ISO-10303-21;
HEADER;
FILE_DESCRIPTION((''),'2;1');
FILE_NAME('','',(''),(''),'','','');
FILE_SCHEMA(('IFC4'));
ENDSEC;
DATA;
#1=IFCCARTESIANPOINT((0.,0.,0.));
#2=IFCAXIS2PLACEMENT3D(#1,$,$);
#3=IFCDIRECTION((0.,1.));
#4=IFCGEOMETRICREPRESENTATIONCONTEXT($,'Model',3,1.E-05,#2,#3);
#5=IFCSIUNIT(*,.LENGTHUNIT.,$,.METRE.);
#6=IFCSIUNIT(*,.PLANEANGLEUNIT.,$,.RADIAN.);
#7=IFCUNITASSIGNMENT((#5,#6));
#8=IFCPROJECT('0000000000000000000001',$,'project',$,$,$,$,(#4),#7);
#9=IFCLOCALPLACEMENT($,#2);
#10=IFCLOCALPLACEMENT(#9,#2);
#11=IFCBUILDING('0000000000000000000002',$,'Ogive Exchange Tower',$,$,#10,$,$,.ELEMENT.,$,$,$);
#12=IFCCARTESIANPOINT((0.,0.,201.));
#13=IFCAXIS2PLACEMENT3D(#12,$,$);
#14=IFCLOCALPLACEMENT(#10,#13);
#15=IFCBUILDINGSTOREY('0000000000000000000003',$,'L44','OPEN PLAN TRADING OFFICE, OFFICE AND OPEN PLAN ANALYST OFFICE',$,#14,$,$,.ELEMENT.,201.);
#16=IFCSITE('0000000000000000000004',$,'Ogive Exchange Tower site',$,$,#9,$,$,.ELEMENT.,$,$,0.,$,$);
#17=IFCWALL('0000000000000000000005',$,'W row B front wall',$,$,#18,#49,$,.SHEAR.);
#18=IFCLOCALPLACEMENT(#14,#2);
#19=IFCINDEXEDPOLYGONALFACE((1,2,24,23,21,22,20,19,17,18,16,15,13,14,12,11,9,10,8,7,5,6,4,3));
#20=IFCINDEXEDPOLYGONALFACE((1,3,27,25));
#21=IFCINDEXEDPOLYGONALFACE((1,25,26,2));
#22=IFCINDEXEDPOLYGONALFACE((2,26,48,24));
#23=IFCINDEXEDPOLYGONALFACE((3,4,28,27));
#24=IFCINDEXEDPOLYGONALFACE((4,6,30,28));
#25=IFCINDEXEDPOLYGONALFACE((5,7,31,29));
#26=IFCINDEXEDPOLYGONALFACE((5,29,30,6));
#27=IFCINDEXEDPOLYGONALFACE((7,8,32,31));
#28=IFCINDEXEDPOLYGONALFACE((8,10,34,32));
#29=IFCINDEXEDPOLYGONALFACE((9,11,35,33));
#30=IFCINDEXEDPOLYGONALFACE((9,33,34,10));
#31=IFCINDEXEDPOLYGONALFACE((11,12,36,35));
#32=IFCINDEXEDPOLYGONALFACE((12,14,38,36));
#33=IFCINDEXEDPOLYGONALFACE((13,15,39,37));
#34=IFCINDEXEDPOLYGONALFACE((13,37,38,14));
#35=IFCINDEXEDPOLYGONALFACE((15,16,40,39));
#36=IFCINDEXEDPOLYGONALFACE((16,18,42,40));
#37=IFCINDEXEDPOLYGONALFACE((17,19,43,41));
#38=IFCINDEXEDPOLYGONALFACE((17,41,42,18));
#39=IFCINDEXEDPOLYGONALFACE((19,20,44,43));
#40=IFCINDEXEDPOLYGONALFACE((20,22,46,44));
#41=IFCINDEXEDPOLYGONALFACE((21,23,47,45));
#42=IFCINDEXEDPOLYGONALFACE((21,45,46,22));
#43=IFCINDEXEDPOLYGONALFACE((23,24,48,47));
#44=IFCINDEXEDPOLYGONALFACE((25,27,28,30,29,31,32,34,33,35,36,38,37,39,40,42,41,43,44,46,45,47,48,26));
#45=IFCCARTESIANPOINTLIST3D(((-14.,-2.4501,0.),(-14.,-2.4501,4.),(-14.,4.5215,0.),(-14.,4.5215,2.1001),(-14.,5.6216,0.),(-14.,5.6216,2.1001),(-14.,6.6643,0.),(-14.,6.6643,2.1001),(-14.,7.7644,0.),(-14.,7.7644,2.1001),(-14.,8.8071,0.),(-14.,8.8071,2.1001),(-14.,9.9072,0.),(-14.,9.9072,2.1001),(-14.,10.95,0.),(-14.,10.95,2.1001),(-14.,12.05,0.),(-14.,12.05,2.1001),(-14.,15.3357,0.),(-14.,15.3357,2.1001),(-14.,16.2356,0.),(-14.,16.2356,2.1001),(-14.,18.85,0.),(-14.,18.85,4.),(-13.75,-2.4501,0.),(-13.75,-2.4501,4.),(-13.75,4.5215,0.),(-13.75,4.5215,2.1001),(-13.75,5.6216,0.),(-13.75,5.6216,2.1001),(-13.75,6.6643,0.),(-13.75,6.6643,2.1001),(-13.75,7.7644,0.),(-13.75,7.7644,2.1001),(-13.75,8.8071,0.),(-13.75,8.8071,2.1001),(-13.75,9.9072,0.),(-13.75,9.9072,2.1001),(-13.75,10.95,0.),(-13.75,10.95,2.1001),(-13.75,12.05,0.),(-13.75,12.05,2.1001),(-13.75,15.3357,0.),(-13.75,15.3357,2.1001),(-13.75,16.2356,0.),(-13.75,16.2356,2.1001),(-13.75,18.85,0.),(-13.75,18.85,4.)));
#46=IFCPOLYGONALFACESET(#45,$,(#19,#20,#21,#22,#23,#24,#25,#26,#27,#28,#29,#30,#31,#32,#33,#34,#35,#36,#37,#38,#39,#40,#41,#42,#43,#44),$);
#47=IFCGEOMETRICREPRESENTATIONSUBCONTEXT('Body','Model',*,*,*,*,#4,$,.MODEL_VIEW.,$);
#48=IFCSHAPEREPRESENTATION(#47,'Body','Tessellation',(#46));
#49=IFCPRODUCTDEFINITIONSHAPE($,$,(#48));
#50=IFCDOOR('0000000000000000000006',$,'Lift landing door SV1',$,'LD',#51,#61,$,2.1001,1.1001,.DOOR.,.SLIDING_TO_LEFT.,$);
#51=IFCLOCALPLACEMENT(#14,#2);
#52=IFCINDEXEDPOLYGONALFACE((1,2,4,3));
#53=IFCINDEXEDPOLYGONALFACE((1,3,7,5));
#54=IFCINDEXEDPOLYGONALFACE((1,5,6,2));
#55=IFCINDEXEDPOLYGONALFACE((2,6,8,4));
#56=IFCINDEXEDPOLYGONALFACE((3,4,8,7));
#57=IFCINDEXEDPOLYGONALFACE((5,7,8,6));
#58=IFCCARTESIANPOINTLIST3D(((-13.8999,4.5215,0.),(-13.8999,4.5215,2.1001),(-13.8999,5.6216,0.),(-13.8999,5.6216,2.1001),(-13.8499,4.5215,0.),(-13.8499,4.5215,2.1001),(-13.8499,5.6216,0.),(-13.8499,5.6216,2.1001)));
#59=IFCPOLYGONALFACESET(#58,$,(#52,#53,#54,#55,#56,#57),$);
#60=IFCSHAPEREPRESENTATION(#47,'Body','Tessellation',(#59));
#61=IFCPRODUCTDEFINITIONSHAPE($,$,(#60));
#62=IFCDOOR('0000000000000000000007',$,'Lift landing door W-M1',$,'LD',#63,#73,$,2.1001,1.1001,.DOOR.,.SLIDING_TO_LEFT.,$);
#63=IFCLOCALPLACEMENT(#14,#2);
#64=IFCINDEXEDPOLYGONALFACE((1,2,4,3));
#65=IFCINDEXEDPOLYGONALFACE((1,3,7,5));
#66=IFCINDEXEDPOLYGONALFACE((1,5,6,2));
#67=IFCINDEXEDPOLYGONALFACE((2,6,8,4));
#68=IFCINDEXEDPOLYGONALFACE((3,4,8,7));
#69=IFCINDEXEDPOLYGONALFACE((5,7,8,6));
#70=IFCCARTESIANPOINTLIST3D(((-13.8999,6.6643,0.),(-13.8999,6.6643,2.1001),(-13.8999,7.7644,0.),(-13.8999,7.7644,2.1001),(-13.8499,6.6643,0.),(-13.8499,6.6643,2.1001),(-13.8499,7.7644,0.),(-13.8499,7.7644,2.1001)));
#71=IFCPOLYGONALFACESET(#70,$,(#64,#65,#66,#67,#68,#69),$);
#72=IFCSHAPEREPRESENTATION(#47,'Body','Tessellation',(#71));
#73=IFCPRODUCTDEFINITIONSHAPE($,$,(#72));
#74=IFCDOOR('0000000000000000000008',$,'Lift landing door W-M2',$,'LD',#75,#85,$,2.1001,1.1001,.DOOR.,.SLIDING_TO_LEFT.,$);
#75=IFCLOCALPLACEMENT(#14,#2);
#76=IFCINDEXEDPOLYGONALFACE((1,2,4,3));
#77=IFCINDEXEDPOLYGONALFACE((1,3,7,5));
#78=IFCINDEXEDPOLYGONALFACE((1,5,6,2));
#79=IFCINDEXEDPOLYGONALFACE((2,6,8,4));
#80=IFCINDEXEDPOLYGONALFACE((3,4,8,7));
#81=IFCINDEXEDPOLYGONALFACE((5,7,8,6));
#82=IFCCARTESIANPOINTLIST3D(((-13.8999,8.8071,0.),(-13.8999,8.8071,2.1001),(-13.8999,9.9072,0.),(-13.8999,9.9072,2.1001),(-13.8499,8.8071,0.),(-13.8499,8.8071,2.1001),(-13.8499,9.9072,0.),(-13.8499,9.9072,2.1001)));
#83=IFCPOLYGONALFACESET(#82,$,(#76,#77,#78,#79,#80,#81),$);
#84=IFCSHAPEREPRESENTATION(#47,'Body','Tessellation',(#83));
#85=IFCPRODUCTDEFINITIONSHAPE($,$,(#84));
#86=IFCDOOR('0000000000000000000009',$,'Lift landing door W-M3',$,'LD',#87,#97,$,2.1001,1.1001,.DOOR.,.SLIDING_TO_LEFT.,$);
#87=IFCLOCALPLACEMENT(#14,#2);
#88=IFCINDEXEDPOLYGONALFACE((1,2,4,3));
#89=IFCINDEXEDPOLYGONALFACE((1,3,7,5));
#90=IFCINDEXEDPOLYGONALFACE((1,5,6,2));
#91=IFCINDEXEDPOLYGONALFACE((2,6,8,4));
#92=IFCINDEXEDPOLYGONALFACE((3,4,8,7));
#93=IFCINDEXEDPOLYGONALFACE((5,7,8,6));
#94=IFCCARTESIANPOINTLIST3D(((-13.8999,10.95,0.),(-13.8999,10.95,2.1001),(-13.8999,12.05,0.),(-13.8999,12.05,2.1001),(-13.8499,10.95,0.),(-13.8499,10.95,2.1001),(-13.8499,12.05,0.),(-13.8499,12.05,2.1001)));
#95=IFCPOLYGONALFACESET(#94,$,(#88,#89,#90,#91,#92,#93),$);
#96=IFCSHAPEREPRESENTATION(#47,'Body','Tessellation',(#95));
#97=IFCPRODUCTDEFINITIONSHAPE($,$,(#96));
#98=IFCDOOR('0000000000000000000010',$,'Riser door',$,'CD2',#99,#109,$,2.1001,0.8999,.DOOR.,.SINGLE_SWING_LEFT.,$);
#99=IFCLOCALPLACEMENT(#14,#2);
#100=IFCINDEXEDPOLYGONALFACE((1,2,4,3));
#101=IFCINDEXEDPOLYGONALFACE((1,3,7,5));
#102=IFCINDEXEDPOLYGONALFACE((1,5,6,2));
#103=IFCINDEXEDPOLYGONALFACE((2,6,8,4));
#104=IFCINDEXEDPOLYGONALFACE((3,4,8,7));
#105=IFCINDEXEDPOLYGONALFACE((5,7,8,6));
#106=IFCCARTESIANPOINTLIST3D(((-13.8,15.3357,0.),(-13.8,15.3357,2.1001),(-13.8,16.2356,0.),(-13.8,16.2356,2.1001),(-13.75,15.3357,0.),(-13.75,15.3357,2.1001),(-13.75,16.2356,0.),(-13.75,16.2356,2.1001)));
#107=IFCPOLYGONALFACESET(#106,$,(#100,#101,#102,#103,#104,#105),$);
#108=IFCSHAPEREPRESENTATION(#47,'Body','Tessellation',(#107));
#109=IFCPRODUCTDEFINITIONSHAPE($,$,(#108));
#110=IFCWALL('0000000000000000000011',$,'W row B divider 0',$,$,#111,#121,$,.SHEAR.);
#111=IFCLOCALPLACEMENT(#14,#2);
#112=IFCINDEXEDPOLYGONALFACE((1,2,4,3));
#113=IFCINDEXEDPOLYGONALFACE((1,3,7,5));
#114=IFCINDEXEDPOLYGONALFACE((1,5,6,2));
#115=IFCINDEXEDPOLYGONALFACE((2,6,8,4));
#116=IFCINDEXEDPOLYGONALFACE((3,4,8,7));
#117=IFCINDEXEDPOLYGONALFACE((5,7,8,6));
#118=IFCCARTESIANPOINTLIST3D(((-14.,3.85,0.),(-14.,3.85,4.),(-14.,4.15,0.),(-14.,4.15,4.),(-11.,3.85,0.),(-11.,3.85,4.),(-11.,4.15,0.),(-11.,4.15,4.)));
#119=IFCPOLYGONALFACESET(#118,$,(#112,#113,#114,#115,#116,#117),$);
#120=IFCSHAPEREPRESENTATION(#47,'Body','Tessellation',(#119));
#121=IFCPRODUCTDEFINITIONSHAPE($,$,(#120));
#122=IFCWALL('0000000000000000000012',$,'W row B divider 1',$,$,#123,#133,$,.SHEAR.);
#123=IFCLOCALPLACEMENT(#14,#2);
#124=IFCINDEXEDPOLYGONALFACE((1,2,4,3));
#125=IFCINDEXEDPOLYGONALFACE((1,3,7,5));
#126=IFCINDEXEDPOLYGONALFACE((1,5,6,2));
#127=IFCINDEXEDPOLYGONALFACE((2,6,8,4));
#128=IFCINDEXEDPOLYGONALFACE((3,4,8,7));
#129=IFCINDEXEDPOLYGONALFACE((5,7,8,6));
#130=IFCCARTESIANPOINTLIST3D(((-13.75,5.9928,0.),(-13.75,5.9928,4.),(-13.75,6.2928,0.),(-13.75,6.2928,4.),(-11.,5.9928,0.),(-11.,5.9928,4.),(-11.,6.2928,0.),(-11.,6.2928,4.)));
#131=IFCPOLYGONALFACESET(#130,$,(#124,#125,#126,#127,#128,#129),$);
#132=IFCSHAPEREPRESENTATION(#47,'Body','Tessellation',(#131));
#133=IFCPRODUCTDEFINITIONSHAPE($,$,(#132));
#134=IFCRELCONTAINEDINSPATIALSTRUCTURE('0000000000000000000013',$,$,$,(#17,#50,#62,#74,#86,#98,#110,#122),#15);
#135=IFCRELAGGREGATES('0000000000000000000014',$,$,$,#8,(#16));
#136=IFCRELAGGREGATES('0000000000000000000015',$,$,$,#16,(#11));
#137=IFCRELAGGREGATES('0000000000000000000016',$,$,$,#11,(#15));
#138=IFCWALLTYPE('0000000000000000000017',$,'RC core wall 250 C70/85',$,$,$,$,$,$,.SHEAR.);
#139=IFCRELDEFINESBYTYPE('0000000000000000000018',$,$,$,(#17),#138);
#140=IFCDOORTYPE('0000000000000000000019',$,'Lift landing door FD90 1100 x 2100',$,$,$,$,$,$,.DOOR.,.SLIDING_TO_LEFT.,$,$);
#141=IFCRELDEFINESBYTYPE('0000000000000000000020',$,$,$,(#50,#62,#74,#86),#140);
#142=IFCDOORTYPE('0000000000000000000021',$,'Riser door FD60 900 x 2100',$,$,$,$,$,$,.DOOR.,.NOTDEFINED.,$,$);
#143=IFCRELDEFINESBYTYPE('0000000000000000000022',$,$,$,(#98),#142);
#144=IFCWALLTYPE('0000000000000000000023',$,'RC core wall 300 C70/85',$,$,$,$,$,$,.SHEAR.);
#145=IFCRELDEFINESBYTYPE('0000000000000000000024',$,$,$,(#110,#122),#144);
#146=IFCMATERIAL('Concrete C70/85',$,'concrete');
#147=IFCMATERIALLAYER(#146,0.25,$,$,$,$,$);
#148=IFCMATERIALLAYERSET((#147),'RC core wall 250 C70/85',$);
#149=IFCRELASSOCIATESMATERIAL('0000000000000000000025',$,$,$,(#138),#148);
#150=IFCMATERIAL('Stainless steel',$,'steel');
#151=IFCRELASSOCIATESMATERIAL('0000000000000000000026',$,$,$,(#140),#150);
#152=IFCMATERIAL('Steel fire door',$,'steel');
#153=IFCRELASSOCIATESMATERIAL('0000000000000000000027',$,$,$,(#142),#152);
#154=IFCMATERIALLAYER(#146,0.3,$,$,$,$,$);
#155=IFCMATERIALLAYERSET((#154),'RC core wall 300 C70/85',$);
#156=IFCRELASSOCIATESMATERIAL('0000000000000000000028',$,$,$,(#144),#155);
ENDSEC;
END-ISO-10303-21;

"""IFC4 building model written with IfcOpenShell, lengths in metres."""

from ifc_helpers import new_model, si_unit, direction, frame, frame_2d, origin, place, context, subcontext, project, spatial, rectangle, extrude, material, layer, layer_set, type_object, element, fill, save


model = new_model("IFC4")

# Units and contexts
model_context = context("Model", 3, precision=1e-05, world=origin(), true_north=direction((0.0, 1.0)))
body_context = subcontext(model_context, "Body", "Model", "MODEL_VIEW")
ifc_project = project(units=[si_unit("LENGTHUNIT", "METRE"), si_unit("PLANEANGLEUNIT", "RADIAN")], contexts=[model_context])

# Site, building, storey
site_placement = place(None, origin())
site = spatial("IfcSite", under=ifc_project, at=site_placement, Name="Ogive Exchange Tower site", CompositionType="ELEMENT", RefElevation=0.0)
building_placement = place(site_placement, origin())
building = spatial("IfcBuilding", under=site, at=building_placement, Name="Ogive Exchange Tower", CompositionType="ELEMENT")
storey_placement = place(building_placement, frame((0.0, 0.0, 201.0)))
storey = spatial("IfcBuildingStorey", under=building, at=storey_placement, Name="L44", Description="OPEN PLAN TRADING OFFICE, OFFICE AND OPEN PLAN ANALYST OFFICE", CompositionType="ELEMENT", Elevation=201.0)

# Wall, openings, doors
ifc_material_1 = material(Name="Concrete C70/85", Category="concrete")
ifc_layer_1 = layer(ifc_material_1, 0.25)
ifc_layer_set_1 = layer_set([ifc_layer_1], Name="RC core wall 250 C70/85")
wall_type_1 = type_object("IfcWallType", Name="RC core wall 250 C70/85", PredefinedType="SHEAR", material=ifc_layer_set_1)
wall_1_placement = place(storey_placement, frame((-13.875, -2.45, 0.0), z_axis=(0.0, 0.0, 1.0), x_axis=(0.0, 1.0, 0.0)))
wall_1 = element("IfcWall", 1, at=wall_1_placement, inside=storey, type_object=wall_type_1, Name="W row B front wall", PredefinedType="SHEAR", context=body_context, shape_type="SweptSolid", body=[
    extrude(rectangle(XDim=21.3, YDim=0.25, at=frame_2d((10.6499, 0.0))), origin(), (0.0, 0.0, 1.0), 4.0),
])
opening_1_placement = place(wall_1_placement, frame((17.7856, 0.0, 0.0)))
opening_1 = element("IfcOpeningElement", 2, at=opening_1_placement, cuts=wall_1, PredefinedType="OPENING", context=body_context, shape_type="SweptSolid", body=[
    extrude(rectangle(XDim=0.8999, YDim=2.1001, at=frame_2d((0.45, 1.05))), frame((0.0, 0.135, 0.0), z_axis=(0.0, -1.0, 0.0), x_axis=(1.0, 0.0, 0.0)), (0.0, 0.0, 1.0), 0.27),
])
opening_2_placement = place(wall_1_placement, frame((6.9714, 0.0, 0.0)))
opening_2 = element("IfcOpeningElement", 3, at=opening_2_placement, cuts=wall_1, PredefinedType="OPENING", context=body_context, shape_type="SweptSolid", body=[
    extrude(rectangle(XDim=1.1001, YDim=2.1001, at=frame_2d((0.55, 1.05))), frame((0.0, 0.135, 0.0), z_axis=(0.0, -1.0, 0.0), x_axis=(1.0, 0.0, 0.0)), (0.0, 0.0, 1.0), 0.27),
])
opening_3_placement = place(wall_1_placement, frame((9.1143, 0.0, 0.0)))
opening_3 = element("IfcOpeningElement", 4, at=opening_3_placement, cuts=wall_1, PredefinedType="OPENING", context=body_context, shape_type="SweptSolid", body=[
    extrude(rectangle(XDim=1.1001, YDim=2.1001, at=frame_2d((0.55, 1.05))), frame((0.0, 0.135, 0.0), z_axis=(0.0, -1.0, 0.0), x_axis=(1.0, 0.0, 0.0)), (0.0, 0.0, 1.0), 0.27),
])
opening_4_placement = place(wall_1_placement, frame((11.2571, 0.0, 0.0)))
opening_4 = element("IfcOpeningElement", 5, at=opening_4_placement, cuts=wall_1, PredefinedType="OPENING", context=body_context, shape_type="SweptSolid", body=[
    extrude(rectangle(XDim=1.1001, YDim=2.1001, at=frame_2d((0.55, 1.05))), frame((0.0, 0.135, 0.0), z_axis=(0.0, -1.0, 0.0), x_axis=(1.0, 0.0, 0.0)), (0.0, 0.0, 1.0), 0.27),
])
opening_5_placement = place(wall_1_placement, frame((13.3999, 0.0, 0.0)))
opening_5 = element("IfcOpeningElement", 6, at=opening_5_placement, cuts=wall_1, PredefinedType="OPENING", context=body_context, shape_type="SweptSolid", body=[
    extrude(rectangle(XDim=1.1001, YDim=2.1001, at=frame_2d((0.55, 1.05))), frame((0.0, 0.135, 0.0), z_axis=(0.0, -1.0, 0.0), x_axis=(1.0, 0.0, 0.0)), (0.0, 0.0, 1.0), 0.27),
])
ifc_material_2 = material(Name="Stainless steel", Category="steel")
door_type_1 = type_object("IfcDoorType", Name="Lift landing door FD90 1100 x 2100", OperationType="SLIDING_TO_LEFT", PredefinedType="DOOR", material=ifc_material_2)
door_1_placement = place(opening_2_placement, origin())
door_1 = element("IfcDoor", 7, at=door_1_placement, inside=storey, type_object=door_type_1, Name="Lift landing door SV1", ObjectType="LD", OperationType="SLIDING_TO_LEFT", OverallHeight=2.1001, OverallWidth=1.1001, PredefinedType="DOOR", context=body_context, shape_type="SweptSolid", body=[
    extrude(rectangle(XDim=1.1001, YDim=2.1001, at=frame_2d((0.55, 1.05))), frame((0.0, 0.0249, 0.0), z_axis=(0.0, -1.0, 0.0), x_axis=(1.0, 0.0, 0.0)), (0.0, 0.0, 1.0), 0.05),
])
fill(opening_2, door_1)
door_2_placement = place(opening_3_placement, origin())
door_2 = element("IfcDoor", 8, at=door_2_placement, inside=storey, type_object=door_type_1, Name="Lift landing door W-M1", ObjectType="LD", OperationType="SLIDING_TO_LEFT", OverallHeight=2.1001, OverallWidth=1.1001, PredefinedType="DOOR", context=body_context, shape_type="SweptSolid", body=[
    extrude(rectangle(XDim=1.1001, YDim=2.1001, at=frame_2d((0.55, 1.05))), frame((0.0, 0.0249, 0.0), z_axis=(0.0, -1.0, 0.0), x_axis=(1.0, 0.0, 0.0)), (0.0, 0.0, 1.0), 0.05),
])
fill(opening_3, door_2)
door_3_placement = place(opening_4_placement, origin())
door_3 = element("IfcDoor", 9, at=door_3_placement, inside=storey, type_object=door_type_1, Name="Lift landing door W-M2", ObjectType="LD", OperationType="SLIDING_TO_LEFT", OverallHeight=2.1001, OverallWidth=1.1001, PredefinedType="DOOR", context=body_context, shape_type="SweptSolid", body=[
    extrude(rectangle(XDim=1.1001, YDim=2.1001, at=frame_2d((0.55, 1.05))), frame((0.0, 0.0249, 0.0), z_axis=(0.0, -1.0, 0.0), x_axis=(1.0, 0.0, 0.0)), (0.0, 0.0, 1.0), 0.05),
])
fill(opening_4, door_3)
door_4_placement = place(opening_5_placement, origin())
door_4 = element("IfcDoor", 10, at=door_4_placement, inside=storey, type_object=door_type_1, Name="Lift landing door W-M3", ObjectType="LD", OperationType="SLIDING_TO_LEFT", OverallHeight=2.1001, OverallWidth=1.1001, PredefinedType="DOOR", context=body_context, shape_type="SweptSolid", body=[
    extrude(rectangle(XDim=1.1001, YDim=2.1001, at=frame_2d((0.55, 1.05))), frame((0.0, 0.0249, 0.0), z_axis=(0.0, -1.0, 0.0), x_axis=(1.0, 0.0, 0.0)), (0.0, 0.0, 1.0), 0.05),
])
fill(opening_5, door_4)
ifc_material_3 = material(Name="Steel fire door", Category="steel")
door_type_2 = type_object("IfcDoorType", Name="Riser door FD60 900 x 2100", OperationType="NOTDEFINED", PredefinedType="DOOR", material=ifc_material_3)
door_5_placement = place(opening_1_placement, frame((0.8999, -0.2002, 0.0), z_axis=(0.0, 0.0, 1.0), x_axis=(-1.0, 0.0, 0.0)))
door_5 = element("IfcDoor", 11, at=door_5_placement, inside=storey, type_object=door_type_2, Name="Riser door", ObjectType="CD2", OperationType="SINGLE_SWING_LEFT", OverallHeight=2.1001, OverallWidth=0.8999, PredefinedType="DOOR", context=body_context, shape_type="SweptSolid", body=[
    extrude(rectangle(XDim=0.8999, YDim=2.1001, at=frame_2d((0.45, 1.05))), frame((0.0, -0.0752, 0.0), z_axis=(0.0, -1.0, 0.0), x_axis=(1.0, 0.0, 0.0)), (0.0, 0.0, 1.0), 0.05),
])
fill(opening_1, door_5)

# Walls
ifc_layer_2 = layer(ifc_material_1, 0.3)
ifc_layer_set_2 = layer_set([ifc_layer_2], Name="RC core wall 300 C70/85")
wall_type_2 = type_object("IfcWallType", Name="RC core wall 300 C70/85", PredefinedType="SHEAR", material=ifc_layer_set_2)
wall_2_placement = place(storey_placement, frame((-14.0, 4.0, 0.0), z_axis=(0.0, 0.0, 1.0), x_axis=(1.0, 0.0, 0.0)))
element("IfcWall", 12, at=wall_2_placement, inside=storey, type_object=wall_type_2, Name="W row B divider 0", PredefinedType="SHEAR", context=body_context, shape_type="SweptSolid", body=[
    extrude(rectangle(XDim=3.0, YDim=0.3, at=frame_2d((1.5, 0.0))), origin(), (0.0, 0.0, 1.0), 4.0),
])
wall_3_placement = place(storey_placement, frame((-13.75, 6.1428, 0.0), z_axis=(0.0, 0.0, 1.0), x_axis=(1.0, 0.0, 0.0)))
element("IfcWall", 13, at=wall_3_placement, inside=storey, type_object=wall_type_2, Name="W row B divider 1", PredefinedType="SHEAR", context=body_context, shape_type="SweptSolid", body=[
    extrude(rectangle(XDim=2.75, YDim=0.3, at=frame_2d((1.375, 0.0))), origin(), (0.0, 0.0, 1.0), 4.0),
])

save(model, "model.ifc")
